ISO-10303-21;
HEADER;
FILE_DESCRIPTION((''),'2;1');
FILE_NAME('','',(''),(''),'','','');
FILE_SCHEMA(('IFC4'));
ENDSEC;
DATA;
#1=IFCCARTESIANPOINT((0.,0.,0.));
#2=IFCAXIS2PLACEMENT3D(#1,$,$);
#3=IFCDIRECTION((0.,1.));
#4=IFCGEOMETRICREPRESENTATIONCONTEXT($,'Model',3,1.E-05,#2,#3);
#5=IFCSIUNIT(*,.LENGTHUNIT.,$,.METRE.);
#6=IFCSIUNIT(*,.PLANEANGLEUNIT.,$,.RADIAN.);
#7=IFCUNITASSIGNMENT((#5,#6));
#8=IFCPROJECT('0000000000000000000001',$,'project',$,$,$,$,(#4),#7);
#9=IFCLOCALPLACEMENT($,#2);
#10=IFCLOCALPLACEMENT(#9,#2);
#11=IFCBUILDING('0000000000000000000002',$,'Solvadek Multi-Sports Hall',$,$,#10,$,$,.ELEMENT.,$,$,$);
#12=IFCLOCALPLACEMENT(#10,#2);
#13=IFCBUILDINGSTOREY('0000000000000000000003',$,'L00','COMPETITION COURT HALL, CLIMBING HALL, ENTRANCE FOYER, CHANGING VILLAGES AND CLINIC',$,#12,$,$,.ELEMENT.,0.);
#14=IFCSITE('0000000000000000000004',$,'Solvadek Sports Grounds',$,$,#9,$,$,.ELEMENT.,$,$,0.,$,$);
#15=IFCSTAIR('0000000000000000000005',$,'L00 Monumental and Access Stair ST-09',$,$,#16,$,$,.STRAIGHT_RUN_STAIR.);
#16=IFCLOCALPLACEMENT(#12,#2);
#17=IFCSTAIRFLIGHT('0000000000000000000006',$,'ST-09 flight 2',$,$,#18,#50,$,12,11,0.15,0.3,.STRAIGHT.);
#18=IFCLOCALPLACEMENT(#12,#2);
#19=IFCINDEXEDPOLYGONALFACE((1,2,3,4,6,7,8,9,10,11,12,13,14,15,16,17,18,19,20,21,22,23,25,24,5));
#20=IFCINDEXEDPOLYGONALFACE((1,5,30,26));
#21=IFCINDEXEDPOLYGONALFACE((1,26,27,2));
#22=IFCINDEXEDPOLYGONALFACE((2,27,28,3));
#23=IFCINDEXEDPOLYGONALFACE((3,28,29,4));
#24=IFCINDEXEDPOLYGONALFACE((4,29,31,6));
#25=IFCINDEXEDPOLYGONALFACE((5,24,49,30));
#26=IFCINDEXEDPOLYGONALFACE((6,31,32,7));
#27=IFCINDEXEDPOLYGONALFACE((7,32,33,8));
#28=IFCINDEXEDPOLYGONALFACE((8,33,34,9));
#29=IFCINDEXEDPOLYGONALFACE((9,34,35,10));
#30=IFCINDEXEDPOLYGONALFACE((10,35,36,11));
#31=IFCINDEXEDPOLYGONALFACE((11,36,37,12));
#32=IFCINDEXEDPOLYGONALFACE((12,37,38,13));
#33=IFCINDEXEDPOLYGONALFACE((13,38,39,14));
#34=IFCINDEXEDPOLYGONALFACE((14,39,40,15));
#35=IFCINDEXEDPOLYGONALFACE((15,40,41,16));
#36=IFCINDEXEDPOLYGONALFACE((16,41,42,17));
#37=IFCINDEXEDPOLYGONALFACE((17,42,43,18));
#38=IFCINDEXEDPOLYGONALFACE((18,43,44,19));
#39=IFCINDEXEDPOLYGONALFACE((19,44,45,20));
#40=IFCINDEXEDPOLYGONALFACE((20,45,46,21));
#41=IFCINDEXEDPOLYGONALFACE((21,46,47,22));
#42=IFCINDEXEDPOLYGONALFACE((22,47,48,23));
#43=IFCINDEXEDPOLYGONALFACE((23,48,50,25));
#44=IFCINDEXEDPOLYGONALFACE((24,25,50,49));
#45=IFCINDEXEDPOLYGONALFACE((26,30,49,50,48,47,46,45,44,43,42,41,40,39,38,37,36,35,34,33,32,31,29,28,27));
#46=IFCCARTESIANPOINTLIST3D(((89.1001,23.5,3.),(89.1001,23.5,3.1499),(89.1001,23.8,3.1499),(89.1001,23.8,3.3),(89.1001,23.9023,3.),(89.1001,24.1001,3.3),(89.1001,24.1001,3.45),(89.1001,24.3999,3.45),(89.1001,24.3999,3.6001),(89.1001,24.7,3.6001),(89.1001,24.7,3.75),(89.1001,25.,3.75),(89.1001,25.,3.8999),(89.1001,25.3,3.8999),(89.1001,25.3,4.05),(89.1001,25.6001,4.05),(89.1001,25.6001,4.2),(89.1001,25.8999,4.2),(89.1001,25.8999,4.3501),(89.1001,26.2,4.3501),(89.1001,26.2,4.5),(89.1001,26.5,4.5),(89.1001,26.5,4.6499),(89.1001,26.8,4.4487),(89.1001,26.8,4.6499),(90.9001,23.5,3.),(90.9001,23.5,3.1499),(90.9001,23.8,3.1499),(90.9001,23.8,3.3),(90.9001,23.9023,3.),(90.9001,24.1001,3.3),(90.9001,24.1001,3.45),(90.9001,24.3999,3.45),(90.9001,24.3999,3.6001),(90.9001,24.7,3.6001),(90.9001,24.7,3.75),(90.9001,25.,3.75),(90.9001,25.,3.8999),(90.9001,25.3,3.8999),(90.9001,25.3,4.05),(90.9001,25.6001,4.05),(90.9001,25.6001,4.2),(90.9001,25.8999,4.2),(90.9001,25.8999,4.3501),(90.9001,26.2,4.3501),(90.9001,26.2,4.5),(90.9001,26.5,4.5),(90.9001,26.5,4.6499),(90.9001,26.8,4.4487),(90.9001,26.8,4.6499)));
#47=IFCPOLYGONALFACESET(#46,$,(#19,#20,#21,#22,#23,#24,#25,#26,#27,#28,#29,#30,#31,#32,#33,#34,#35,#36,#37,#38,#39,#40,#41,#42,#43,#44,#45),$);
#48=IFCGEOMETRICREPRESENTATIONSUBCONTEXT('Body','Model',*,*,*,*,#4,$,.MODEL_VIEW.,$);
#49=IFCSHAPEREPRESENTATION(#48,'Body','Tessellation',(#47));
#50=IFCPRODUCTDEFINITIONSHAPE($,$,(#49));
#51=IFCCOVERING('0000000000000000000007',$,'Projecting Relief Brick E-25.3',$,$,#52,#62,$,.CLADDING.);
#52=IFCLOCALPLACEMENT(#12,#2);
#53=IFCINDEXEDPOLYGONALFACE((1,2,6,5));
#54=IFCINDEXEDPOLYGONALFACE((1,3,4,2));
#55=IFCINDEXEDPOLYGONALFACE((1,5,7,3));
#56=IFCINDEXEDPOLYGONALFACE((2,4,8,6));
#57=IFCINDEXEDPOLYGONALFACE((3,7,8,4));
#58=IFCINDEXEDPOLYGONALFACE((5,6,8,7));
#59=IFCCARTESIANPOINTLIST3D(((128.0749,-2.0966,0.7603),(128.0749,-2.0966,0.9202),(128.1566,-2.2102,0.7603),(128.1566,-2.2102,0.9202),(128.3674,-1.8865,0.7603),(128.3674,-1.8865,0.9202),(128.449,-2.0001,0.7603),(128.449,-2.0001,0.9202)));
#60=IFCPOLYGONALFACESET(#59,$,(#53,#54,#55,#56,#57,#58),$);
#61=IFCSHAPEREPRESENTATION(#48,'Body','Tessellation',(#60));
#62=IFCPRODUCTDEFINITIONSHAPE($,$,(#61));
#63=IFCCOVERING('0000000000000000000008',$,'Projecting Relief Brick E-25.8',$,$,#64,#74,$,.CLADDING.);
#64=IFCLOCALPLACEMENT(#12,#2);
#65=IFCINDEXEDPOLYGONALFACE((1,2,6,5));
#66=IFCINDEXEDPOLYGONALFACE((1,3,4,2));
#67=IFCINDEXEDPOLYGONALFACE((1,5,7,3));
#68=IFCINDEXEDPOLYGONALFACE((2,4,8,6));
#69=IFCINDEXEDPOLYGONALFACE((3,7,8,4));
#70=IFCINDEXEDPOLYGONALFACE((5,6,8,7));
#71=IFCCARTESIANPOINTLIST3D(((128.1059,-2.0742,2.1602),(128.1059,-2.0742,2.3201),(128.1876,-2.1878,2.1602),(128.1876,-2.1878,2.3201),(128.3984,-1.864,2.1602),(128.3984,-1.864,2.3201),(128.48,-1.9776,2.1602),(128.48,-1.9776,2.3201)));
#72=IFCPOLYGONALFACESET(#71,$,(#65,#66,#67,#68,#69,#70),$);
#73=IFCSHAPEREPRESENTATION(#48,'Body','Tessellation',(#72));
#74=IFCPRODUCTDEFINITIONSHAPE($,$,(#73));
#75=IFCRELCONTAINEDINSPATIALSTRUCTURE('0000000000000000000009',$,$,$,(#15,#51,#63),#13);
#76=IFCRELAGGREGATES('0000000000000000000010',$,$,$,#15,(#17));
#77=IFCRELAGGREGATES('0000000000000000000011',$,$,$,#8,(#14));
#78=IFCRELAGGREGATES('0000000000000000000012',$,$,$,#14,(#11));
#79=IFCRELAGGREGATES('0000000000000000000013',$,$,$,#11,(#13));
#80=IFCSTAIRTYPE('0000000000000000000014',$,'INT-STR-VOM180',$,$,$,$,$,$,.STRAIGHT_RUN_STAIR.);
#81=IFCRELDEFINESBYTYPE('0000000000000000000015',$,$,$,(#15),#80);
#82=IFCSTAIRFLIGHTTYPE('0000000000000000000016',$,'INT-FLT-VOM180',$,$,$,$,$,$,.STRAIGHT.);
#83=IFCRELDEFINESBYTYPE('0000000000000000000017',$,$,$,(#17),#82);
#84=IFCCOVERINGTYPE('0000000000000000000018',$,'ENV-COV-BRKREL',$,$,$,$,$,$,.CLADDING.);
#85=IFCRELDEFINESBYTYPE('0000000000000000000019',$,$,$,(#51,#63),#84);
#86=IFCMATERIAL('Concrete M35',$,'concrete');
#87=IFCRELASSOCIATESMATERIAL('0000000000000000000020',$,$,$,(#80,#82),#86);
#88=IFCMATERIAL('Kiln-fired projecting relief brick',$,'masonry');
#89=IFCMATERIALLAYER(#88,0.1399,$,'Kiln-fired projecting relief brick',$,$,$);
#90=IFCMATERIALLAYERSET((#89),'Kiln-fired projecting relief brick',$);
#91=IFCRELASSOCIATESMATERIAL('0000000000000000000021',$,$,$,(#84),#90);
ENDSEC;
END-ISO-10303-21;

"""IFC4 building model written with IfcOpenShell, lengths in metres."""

from ifc_helpers import new_model, si_unit, direction, frame, origin, origin_2d, place, context, subcontext, project, spatial, polyline, rectangle, outline, extrude, material, layer, layer_set, type_object, element, aggregate, save


model = new_model("IFC4")

# Units and contexts
model_context = context("Model", 3, precision=1e-05, world=origin(), true_north=direction((0.0, 1.0)))
body_context = subcontext(model_context, "Body", "Model", "MODEL_VIEW")
ifc_project = project(units=[si_unit("LENGTHUNIT", "METRE"), si_unit("PLANEANGLEUNIT", "RADIAN")], contexts=[model_context])

# Site, building, storey
site_placement = place(None, origin())
site = spatial("IfcSite", under=ifc_project, at=site_placement, Name="Solvadek Sports Grounds", CompositionType="ELEMENT", RefElevation=0.0)
building_placement = place(site_placement, origin())
building = spatial("IfcBuilding", under=site, at=building_placement, Name="Solvadek Multi-Sports Hall", CompositionType="ELEMENT")
storey_placement = place(building_placement, origin())
storey = spatial("IfcBuildingStorey", under=building, at=storey_placement, Name="L00", Description="COMPETITION COURT HALL, CLIMBING HALL, ENTRANCE FOYER, CHANGING VILLAGES AND CLINIC", CompositionType="ELEMENT", Elevation=0.0)

# Stair, stair flight
ifc_material_1 = material(Name="Concrete M35", Category="concrete")
stair_type = type_object("IfcStairType", Name="INT-STR-VOM180", PredefinedType="STRAIGHT_RUN_STAIR", material=ifc_material_1)
stair_placement = place(storey_placement, origin())
stair = element("IfcStair", 1, at=stair_placement, inside=storey, type_object=stair_type, Name="L00 Monumental and Access Stair ST-09", PredefinedType="STRAIGHT_RUN_STAIR")
stair_flight_type = type_object("IfcStairFlightType", Name="INT-FLT-VOM180", PredefinedType="STRAIGHT", material=ifc_material_1)
stair_flight_1_placement = place(storey_placement, frame((90.0, 23.5, 3.0), z_axis=(0.0, 0.0, 1.0), x_axis=(0.0, 1.0, 0.0)))
stair_flight_1 = element("IfcStairFlight", 2, at=stair_flight_1_placement, type_object=stair_flight_type, Name="ST-09 flight 2", NumberOfRisers=12, NumberOfTreads=11, PredefinedType="STRAIGHT", RiserHeight=0.15, TreadLength=0.3, context=body_context, shape_type="SweptSolid", body=[
    extrude(outline(polyline([(0.0, 0.0), (0.0, 0.1499), (0.3, 0.1499), (0.3, 0.3), (0.6001, 0.3), (0.6001, 0.45), (0.8999, 0.45), (0.8999, 0.6001), (1.2, 0.6001), (1.2, 0.75), (1.5, 0.75), (1.5, 0.8999), (1.8, 0.8999), (1.8, 1.05), (2.1001, 1.05), (2.1001, 1.2), (2.3999, 1.2), (2.3999, 1.3501), (2.7, 1.3501), (2.7, 1.5), (3.0, 1.5), (3.0, 1.6499), (3.3, 1.6499), (3.3, 1.8), (3.3, 1.4487), (0.4023, 0.0), (0.0, 0.0)])), frame((0.0, 0.8999, 0.0), z_axis=(0.0, -1.0, 0.0), x_axis=(1.0, 0.0, 0.0)), (0.0, 0.0, 1.0), 1.8),
])
aggregate(stair, [stair_flight_1])

# Coverings
ifc_material_2 = material(Name="Kiln-fired projecting relief brick", Category="masonry")
ifc_layer = layer(ifc_material_2, 0.1399, Name="Kiln-fired projecting relief brick")
ifc_layer_set = layer_set([ifc_layer], Name="Kiln-fired projecting relief brick")
covering_type = type_object("IfcCoveringType", Name="ENV-COV-BRKREL", PredefinedType="CLADDING", material=ifc_layer_set)
for number, where, z_axis, x_axis, name in (
    (3, (128.262, -2.0483, 0.7603), (0.0, 0.0, 1.0), (0.812061, 0.583572, 0.0), "Projecting Relief Brick E-25.3"),
    (4, (128.293, -2.0259, 2.1602), (0.0, 0.0, 1.0), (0.812061, 0.583572, 0.0), "Projecting Relief Brick E-25.8"),
):
    element("IfcCovering", number, at=place(storey_placement, frame(where, z_axis=z_axis, x_axis=x_axis)), inside=storey, type_object=covering_type, Name=name, PredefinedType="CLADDING", context=body_context, shape_type="SweptSolid", body=[
        extrude(rectangle(XDim=0.3601, YDim=0.1399, at=origin_2d()), origin(), (0.0, 0.0, 1.0), 0.1599),
    ])

save(model, "model.ifc")
